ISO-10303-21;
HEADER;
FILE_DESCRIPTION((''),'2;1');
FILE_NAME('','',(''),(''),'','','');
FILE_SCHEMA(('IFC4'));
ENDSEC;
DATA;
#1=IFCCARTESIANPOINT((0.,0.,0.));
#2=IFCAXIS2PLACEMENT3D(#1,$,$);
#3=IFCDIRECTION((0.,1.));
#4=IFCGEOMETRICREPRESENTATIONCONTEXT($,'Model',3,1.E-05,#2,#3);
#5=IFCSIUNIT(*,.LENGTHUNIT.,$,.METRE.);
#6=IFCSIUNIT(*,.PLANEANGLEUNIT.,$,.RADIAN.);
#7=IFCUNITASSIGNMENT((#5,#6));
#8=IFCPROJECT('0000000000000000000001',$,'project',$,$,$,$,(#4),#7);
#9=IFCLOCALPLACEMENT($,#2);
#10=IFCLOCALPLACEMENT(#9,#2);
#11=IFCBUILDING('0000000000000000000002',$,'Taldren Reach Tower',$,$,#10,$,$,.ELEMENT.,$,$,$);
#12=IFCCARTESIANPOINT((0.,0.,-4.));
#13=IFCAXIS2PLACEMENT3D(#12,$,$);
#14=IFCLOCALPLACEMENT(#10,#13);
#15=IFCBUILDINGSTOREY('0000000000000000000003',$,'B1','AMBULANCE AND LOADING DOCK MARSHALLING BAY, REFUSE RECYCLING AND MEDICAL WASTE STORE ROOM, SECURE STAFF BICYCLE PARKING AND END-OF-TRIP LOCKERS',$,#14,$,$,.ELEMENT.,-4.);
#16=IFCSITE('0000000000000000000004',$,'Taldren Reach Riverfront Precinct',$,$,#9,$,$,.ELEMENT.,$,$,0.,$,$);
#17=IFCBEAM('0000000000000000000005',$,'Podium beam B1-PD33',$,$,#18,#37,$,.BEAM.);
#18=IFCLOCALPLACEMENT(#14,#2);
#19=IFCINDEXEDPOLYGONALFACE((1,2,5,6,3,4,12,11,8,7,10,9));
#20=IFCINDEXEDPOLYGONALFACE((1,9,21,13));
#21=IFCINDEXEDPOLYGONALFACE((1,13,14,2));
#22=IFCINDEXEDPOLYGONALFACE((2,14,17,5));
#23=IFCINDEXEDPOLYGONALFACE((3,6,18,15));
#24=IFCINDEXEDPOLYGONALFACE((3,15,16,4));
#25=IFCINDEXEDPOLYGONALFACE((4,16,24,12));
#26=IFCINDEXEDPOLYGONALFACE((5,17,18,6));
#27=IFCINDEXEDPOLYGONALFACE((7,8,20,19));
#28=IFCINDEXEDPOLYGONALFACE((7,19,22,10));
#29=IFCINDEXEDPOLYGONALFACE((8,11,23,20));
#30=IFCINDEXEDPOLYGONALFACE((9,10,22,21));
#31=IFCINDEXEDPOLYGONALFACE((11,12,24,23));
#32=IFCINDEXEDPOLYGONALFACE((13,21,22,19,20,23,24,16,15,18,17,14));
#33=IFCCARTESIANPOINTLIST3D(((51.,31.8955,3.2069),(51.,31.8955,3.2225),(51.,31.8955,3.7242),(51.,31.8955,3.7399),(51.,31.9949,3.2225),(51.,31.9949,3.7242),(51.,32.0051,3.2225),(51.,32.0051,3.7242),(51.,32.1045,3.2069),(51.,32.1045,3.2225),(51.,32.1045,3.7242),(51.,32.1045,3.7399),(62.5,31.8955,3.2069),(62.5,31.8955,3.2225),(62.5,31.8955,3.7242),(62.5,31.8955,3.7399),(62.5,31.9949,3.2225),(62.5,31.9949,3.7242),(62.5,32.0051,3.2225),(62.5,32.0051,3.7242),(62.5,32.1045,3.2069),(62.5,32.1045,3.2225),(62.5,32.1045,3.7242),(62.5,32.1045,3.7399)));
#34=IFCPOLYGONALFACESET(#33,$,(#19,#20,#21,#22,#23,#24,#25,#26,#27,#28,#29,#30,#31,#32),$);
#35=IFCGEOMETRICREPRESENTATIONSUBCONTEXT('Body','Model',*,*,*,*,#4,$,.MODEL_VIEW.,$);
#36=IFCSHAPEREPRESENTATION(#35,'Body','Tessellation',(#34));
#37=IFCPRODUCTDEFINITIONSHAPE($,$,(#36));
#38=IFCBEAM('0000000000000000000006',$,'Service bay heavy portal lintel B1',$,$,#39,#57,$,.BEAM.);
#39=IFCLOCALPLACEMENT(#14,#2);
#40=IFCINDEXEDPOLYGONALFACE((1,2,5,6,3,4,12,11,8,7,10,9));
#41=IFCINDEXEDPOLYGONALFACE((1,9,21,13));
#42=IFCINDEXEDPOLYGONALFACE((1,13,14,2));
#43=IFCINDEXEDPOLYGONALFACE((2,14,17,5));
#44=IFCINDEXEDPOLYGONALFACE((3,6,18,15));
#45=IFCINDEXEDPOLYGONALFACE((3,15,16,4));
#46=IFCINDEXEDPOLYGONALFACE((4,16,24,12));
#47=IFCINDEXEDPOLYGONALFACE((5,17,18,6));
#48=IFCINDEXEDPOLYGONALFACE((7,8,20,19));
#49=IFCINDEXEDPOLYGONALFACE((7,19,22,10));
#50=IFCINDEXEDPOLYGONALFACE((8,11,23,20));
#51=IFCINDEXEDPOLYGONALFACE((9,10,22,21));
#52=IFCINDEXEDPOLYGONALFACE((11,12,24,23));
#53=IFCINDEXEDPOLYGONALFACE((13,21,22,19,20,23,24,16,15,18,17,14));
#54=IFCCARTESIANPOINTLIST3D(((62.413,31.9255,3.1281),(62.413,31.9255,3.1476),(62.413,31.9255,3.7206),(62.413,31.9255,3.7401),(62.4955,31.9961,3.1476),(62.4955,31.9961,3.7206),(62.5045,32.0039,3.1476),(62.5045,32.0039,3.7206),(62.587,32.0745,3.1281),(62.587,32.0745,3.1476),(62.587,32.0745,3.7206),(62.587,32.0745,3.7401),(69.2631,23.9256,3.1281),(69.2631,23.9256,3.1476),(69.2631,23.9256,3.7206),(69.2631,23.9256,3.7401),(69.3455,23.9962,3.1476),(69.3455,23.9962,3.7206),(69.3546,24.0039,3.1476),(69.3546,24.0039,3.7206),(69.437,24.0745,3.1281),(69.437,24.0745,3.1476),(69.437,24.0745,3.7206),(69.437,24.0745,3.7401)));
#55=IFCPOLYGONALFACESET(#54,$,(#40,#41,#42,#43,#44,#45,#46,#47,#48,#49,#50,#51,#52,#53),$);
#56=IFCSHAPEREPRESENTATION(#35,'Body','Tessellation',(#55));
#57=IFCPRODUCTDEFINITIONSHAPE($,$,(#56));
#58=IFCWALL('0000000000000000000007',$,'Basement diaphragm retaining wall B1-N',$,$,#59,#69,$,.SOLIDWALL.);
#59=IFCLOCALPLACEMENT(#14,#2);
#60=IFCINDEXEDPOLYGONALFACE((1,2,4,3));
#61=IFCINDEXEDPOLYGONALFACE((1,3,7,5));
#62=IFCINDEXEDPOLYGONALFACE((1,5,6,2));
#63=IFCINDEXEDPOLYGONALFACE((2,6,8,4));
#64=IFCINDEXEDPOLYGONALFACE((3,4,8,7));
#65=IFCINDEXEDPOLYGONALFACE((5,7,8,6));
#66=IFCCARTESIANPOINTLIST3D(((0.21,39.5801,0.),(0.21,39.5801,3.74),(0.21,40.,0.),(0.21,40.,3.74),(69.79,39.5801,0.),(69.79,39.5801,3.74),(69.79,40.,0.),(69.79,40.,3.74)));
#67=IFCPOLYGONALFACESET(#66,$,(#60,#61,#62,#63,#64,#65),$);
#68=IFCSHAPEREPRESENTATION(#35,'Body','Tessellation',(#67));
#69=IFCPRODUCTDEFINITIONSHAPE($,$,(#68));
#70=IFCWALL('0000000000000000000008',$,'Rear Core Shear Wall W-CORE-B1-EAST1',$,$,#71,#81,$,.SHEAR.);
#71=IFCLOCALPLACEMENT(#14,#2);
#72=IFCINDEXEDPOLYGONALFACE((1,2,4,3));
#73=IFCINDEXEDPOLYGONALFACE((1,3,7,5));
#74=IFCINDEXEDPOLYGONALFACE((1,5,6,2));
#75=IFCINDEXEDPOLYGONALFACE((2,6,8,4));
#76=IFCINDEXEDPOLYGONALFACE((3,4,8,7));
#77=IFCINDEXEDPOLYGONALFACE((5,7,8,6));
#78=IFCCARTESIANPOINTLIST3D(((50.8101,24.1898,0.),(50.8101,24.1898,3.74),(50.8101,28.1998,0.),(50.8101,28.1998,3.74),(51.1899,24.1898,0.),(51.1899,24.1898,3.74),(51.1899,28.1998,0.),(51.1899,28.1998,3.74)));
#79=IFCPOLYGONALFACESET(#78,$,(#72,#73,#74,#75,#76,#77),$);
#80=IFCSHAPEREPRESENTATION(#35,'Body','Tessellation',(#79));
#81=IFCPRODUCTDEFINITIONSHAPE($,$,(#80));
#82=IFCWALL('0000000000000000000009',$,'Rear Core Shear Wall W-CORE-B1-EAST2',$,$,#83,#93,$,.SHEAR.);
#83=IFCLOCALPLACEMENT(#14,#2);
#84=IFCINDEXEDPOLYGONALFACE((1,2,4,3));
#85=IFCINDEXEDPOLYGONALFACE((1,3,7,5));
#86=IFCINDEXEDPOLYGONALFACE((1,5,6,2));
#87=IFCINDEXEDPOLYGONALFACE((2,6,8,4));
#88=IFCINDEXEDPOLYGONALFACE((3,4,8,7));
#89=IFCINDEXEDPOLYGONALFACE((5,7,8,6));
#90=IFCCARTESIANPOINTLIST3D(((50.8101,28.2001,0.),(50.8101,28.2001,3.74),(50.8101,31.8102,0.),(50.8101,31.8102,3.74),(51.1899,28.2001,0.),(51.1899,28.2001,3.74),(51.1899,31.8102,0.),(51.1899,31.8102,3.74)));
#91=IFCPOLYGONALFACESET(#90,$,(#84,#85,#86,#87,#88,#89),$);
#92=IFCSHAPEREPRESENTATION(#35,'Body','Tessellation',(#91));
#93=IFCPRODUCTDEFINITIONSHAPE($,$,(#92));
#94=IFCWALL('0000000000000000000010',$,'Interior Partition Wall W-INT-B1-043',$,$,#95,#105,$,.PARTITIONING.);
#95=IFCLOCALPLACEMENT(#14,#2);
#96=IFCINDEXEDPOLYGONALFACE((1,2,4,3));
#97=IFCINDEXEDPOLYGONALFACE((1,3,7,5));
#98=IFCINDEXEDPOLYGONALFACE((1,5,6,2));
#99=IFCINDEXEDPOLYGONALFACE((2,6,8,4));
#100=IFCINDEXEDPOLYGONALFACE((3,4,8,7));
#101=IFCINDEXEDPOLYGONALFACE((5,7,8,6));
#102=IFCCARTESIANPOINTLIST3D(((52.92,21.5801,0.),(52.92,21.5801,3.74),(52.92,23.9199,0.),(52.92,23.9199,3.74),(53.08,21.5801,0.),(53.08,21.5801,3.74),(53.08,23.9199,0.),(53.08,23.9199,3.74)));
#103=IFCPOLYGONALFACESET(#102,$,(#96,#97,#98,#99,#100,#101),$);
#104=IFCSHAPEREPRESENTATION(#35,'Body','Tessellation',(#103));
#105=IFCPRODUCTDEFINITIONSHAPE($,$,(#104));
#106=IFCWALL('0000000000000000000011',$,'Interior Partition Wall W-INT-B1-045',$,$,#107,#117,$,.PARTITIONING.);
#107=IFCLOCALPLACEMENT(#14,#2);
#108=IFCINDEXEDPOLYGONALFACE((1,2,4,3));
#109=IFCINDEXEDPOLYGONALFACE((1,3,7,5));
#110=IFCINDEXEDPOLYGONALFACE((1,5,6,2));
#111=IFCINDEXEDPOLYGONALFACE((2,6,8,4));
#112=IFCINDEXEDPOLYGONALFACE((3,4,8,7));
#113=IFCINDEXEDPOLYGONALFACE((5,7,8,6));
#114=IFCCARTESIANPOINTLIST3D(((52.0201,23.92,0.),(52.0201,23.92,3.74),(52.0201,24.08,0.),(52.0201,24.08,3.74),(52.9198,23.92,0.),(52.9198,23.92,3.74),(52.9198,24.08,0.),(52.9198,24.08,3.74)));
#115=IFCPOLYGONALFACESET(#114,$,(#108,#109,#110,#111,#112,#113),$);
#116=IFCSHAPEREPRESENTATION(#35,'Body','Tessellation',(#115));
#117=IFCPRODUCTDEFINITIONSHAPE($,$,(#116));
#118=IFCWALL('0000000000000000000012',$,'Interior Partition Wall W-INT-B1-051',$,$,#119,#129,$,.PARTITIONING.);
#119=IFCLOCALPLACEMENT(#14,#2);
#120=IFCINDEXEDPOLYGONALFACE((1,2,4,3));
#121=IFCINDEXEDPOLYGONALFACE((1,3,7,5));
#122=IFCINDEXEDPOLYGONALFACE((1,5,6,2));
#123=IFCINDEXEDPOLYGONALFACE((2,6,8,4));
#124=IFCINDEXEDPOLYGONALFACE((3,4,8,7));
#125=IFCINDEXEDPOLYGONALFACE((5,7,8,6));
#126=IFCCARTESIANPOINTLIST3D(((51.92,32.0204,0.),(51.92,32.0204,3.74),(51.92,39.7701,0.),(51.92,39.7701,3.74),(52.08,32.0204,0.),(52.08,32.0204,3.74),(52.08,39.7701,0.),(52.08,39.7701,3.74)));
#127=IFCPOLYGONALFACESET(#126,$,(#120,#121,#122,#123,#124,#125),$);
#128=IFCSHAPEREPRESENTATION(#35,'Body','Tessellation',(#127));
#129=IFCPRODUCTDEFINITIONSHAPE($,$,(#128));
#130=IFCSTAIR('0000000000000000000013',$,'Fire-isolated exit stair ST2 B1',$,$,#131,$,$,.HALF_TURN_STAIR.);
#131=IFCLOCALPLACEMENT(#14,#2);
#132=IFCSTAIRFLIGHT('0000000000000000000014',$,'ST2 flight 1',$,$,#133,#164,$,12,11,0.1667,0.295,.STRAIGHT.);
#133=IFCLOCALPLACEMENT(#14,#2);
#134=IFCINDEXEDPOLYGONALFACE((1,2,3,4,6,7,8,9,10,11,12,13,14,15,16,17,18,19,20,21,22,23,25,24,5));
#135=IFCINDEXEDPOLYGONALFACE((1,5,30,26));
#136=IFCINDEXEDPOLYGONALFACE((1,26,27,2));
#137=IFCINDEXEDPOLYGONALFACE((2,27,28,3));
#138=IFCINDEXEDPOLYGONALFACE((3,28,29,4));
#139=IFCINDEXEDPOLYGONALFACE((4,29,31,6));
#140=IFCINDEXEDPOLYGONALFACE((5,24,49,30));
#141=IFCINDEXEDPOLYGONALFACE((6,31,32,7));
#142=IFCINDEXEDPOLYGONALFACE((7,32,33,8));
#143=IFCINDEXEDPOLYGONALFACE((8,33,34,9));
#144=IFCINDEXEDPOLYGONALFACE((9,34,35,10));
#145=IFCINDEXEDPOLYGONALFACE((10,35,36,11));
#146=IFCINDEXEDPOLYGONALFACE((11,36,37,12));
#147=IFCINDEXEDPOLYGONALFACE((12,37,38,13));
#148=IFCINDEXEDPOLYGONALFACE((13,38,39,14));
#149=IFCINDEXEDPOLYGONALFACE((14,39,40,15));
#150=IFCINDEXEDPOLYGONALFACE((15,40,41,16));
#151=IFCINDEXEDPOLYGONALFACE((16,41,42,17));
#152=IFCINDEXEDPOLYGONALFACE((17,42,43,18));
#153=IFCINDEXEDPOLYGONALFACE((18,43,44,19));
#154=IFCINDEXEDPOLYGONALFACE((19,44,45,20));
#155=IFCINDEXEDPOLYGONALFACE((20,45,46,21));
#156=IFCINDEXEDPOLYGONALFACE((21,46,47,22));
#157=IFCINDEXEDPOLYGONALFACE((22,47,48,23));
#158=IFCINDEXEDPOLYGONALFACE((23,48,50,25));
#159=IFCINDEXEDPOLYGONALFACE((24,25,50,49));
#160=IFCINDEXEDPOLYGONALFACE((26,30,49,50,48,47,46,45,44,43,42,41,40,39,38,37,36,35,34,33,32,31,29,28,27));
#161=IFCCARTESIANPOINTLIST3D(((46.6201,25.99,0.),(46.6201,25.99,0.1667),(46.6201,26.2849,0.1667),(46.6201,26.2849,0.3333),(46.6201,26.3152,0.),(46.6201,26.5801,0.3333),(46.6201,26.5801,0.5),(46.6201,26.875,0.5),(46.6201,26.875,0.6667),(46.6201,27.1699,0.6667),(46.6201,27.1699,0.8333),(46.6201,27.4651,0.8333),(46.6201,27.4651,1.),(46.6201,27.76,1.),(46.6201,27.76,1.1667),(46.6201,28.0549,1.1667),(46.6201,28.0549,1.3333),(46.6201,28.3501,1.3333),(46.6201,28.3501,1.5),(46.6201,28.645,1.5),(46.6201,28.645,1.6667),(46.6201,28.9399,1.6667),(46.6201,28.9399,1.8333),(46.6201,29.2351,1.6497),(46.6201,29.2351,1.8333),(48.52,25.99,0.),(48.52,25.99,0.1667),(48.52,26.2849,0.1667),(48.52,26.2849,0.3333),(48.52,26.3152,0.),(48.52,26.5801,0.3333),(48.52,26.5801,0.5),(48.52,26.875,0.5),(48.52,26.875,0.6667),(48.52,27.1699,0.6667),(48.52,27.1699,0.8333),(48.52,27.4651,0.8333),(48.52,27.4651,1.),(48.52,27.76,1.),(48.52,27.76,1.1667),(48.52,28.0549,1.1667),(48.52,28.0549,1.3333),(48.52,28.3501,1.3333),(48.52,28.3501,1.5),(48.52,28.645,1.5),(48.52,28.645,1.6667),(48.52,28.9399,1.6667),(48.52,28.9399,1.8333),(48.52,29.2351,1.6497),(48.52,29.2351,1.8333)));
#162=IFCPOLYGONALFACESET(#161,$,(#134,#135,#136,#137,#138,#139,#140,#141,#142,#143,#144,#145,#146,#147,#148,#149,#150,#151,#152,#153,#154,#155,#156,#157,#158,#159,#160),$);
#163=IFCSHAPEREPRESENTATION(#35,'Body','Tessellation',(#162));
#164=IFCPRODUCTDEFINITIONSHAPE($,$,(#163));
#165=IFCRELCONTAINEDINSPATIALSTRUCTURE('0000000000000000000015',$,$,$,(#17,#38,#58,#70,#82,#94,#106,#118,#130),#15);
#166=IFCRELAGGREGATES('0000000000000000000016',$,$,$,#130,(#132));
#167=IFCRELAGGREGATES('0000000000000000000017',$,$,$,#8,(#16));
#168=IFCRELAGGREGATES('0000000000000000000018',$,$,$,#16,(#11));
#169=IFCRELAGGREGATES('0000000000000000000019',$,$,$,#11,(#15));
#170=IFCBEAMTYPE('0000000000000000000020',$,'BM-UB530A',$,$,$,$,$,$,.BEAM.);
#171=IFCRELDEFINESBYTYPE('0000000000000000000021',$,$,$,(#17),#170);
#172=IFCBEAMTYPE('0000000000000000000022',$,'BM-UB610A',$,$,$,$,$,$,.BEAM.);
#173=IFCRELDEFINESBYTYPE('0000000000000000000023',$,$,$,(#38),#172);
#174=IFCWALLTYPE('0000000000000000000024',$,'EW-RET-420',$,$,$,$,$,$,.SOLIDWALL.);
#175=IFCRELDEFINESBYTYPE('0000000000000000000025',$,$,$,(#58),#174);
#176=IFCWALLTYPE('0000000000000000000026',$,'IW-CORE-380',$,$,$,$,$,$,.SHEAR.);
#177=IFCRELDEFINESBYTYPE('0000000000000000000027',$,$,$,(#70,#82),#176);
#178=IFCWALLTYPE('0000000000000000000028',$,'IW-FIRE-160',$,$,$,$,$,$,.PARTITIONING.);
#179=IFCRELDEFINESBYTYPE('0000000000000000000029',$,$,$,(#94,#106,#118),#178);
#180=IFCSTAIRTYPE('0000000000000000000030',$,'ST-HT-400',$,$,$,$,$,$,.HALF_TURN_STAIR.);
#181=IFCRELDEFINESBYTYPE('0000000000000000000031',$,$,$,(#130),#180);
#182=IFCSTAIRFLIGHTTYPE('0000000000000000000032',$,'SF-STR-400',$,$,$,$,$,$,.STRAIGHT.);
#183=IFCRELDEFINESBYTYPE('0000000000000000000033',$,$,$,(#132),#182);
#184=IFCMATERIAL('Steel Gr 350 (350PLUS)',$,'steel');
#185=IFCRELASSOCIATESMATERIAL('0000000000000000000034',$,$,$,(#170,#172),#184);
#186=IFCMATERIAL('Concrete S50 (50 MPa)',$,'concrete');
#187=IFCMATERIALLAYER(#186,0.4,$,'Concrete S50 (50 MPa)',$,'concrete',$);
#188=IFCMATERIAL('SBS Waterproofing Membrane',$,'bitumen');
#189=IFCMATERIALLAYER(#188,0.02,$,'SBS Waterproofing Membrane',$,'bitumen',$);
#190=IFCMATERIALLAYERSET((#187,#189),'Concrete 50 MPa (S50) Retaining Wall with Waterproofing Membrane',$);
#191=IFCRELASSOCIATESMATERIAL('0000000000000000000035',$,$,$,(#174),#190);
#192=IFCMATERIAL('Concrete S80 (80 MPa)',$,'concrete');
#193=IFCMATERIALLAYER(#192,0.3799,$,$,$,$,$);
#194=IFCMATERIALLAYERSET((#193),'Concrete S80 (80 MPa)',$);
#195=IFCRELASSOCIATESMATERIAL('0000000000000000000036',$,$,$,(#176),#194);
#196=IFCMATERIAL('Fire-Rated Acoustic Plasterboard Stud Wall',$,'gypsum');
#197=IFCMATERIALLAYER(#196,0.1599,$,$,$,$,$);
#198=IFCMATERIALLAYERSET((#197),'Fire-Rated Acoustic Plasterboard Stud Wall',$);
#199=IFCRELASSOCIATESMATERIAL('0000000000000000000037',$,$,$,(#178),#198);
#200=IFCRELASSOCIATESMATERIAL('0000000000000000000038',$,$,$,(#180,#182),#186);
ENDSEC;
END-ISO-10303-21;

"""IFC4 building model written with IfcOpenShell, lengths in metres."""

from ifc_helpers import new_model, si_unit, direction, frame, frame_2d, origin, origin_2d, place, context, subcontext, project, spatial, polyline, rectangle, i_section, outline, extrude, source, transform, mapped, material, layer, layer_set, material_profile, profile_set, type_object, element, aggregate, save


model = new_model("IFC4")

# Units and contexts
model_context = context("Model", 3, precision=1e-05, world=origin(), true_north=direction((0.0, 1.0)))
body_context = subcontext(model_context, "Body", "Model", "MODEL_VIEW")
ifc_project = project(units=[si_unit("LENGTHUNIT", "METRE"), si_unit("PLANEANGLEUNIT", "RADIAN")], contexts=[model_context])

# Site, building, storey
site_placement = place(None, origin())
site = spatial("IfcSite", under=ifc_project, at=site_placement, Name="Taldren Reach Riverfront Precinct", CompositionType="ELEMENT", RefElevation=0.0)
building_placement = place(site_placement, origin())
building = spatial("IfcBuilding", under=site, at=building_placement, Name="Taldren Reach Tower", CompositionType="ELEMENT")
storey_placement = place(building_placement, frame((0.0, 0.0, -4.0)))
storey = spatial("IfcBuildingStorey", under=building, at=storey_placement, Name="B1", Description="AMBULANCE AND LOADING DOCK MARSHALLING BAY, REFUSE RECYCLING AND MEDICAL WASTE STORE ROOM, SECURE STAFF BICYCLE PARKING AND END-OF-TRIP LOCKERS", CompositionType="ELEMENT", Elevation=-4.0)

# Shared definitions
ifc_material_1 = material(Name="Concrete S80 (80 MPa)", Category="concrete")

# Beams
ifc_material_2 = material(Name="Steel Gr 350 (350PLUS)", Category="steel")
ifc_material_profile_1 = material_profile(ifc_material_2, i_section(OverallWidth=0.209, OverallDepth=0.533, WebThickness=0.0103, FlangeThickness=0.0156, at=origin_2d()), Name="530UB92.4")
ifc_profile_set_1 = profile_set([ifc_material_profile_1], Name="Steel Gr 350 (350PLUS)")
beam_type_1 = type_object("IfcBeamType", Name="BM-UB530A", PredefinedType="BEAM", material=ifc_profile_set_1)
shared_shape_1 = source(origin(), body_context, "Body", "SweptSolid", [
    extrude(i_section(OverallWidth=0.209, OverallDepth=0.533, WebThickness=0.0103, FlangeThickness=0.0156, at=origin_2d()), origin(), (0.0, 0.0, 1.0), 11.5),
])
beam_1_placement = place(storey_placement, frame((51.0, 32.0, 3.4734), z_axis=(1.0, 0.0, 0.0), x_axis=(0.0, 1.0, 0.0)))
element("IfcBeam", 1, at=beam_1_placement, inside=storey, type_object=beam_type_1, Name="Podium beam B1-PD33", PredefinedType="BEAM", context=body_context, shape_type="MappedRepresentation", body=[
    mapped(shared_shape_1, transform((0.0, 0.0, 0.0), scale=1.0)),
])
ifc_material_profile_2 = material_profile(ifc_material_2, i_section(OverallWidth=0.229, OverallDepth=0.6121, WebThickness=0.012, FlangeThickness=0.0195, at=origin_2d()), Name="610UB125")
ifc_profile_set_2 = profile_set([ifc_material_profile_2], Name="Steel Gr 350 (350PLUS)")
beam_type_2 = type_object("IfcBeamType", Name="BM-UB610A", PredefinedType="BEAM", material=ifc_profile_set_2)
shared_shape_2 = source(origin(), body_context, "Body", "SweptSolid", [
    extrude(i_section(OverallWidth=0.229, OverallDepth=0.6121, WebThickness=0.012, FlangeThickness=0.0195, at=origin_2d()), origin(), (0.0, 0.0, 1.0), 10.532),
])
beam_2_placement = place(storey_placement, frame((62.5, 32.0, 3.4341), z_axis=(0.650406, -0.759587, 0.0), x_axis=(0.759587, 0.650406, 0.0)))
element("IfcBeam", 2, at=beam_2_placement, inside=storey, type_object=beam_type_2, Name="Service bay heavy portal lintel B1", PredefinedType="BEAM", context=body_context, shape_type="MappedRepresentation", body=[
    mapped(shared_shape_2, transform((0.0, 0.0, 0.0), scale=1.0)),
])

# Walls
ifc_material_3 = material(Name="Concrete S50 (50 MPa)", Category="concrete")
ifc_layer_1 = layer(ifc_material_3, 0.4, Name="Concrete S50 (50 MPa)", Category="concrete")
ifc_material_4 = material(Name="SBS Waterproofing Membrane", Category="bitumen")
ifc_layer_2 = layer(ifc_material_4, 0.02, Name="SBS Waterproofing Membrane", Category="bitumen")
ifc_layer_set_1 = layer_set([ifc_layer_1, ifc_layer_2], Name="Concrete 50 MPa (S50) Retaining Wall with Waterproofing Membrane")
wall_type_1 = type_object("IfcWallType", Name="EW-RET-420", PredefinedType="SOLIDWALL", material=ifc_layer_set_1)
shared_shape_3 = source(origin(), body_context, "Body", "SweptSolid", [
    extrude(rectangle(XDim=69.5801, YDim=0.4199, at=frame_2d((34.79, 0.0))), origin(), (0.0, 0.0, 1.0), 3.74),
])
wall_1_placement = place(storey_placement, frame((69.79, 39.79, 0.0), z_axis=(0.0, 0.0, 1.0), x_axis=(-1.0, 0.0, 0.0)))
element("IfcWall", 3, at=wall_1_placement, inside=storey, type_object=wall_type_1, Name="Basement diaphragm retaining wall B1-N", PredefinedType="SOLIDWALL", context=body_context, shape_type="MappedRepresentation", body=[
    mapped(shared_shape_3, transform((0.0, 0.0, 0.0), scale=1.0)),
])
ifc_layer_3 = layer(ifc_material_1, 0.3799)
ifc_layer_set_2 = layer_set([ifc_layer_3], Name="Concrete S80 (80 MPa)")
wall_type_2 = type_object("IfcWallType", Name="IW-CORE-380", PredefinedType="SHEAR", material=ifc_layer_set_2)
shared_shape_4 = source(origin(), body_context, "Body", "SweptSolid", [
    extrude(rectangle(XDim=4.01, YDim=0.3799, at=frame_2d((2.0049, 0.0))), origin(), (0.0, 0.0, 1.0), 3.74),
])
wall_2_placement = place(storey_placement, frame((51.0, 24.1899, 0.0), z_axis=(0.0, 0.0, 1.0), x_axis=(0.0, 1.0, 0.0)))
element("IfcWall", 4, at=wall_2_placement, inside=storey, type_object=wall_type_2, Name="Rear Core Shear Wall W-CORE-B1-EAST1", PredefinedType="SHEAR", context=body_context, shape_type="MappedRepresentation", body=[
    mapped(shared_shape_4, transform((0.0, 0.0, 0.0), scale=1.0)),
])
shared_shape_5 = source(origin(), body_context, "Body", "SweptSolid", [
    extrude(rectangle(XDim=3.6101, YDim=0.3799, at=frame_2d((1.8052, 0.0))), origin(), (0.0, 0.0, 1.0), 3.74),
])
wall_3_placement = place(storey_placement, frame((51.0, 28.2, 0.0), z_axis=(0.0, 0.0, 1.0), x_axis=(0.0, 1.0, 0.0)))
element("IfcWall", 5, at=wall_3_placement, inside=storey, type_object=wall_type_2, Name="Rear Core Shear Wall W-CORE-B1-EAST2", PredefinedType="SHEAR", context=body_context, shape_type="MappedRepresentation", body=[
    mapped(shared_shape_5, transform((0.0, 0.0, 0.0), scale=1.0)),
])
ifc_material_5 = material(Name="Fire-Rated Acoustic Plasterboard Stud Wall", Category="gypsum")
ifc_layer_4 = layer(ifc_material_5, 0.1599)
ifc_layer_set_3 = layer_set([ifc_layer_4], Name="Fire-Rated Acoustic Plasterboard Stud Wall")
wall_type_3 = type_object("IfcWallType", Name="IW-FIRE-160", PredefinedType="PARTITIONING", material=ifc_layer_set_3)
shared_shape_6 = source(origin(), body_context, "Body", "SweptSolid", [
    extrude(rectangle(XDim=2.3398, YDim=0.1599, at=frame_2d((1.1699, 0.0))), origin(), (0.0, 0.0, 1.0), 3.74),
])
wall_4_placement = place(storey_placement, frame((53.0, 23.9199, 0.0), z_axis=(0.0, 0.0, 1.0), x_axis=(0.0, -1.0, 0.0)))
element("IfcWall", 6, at=wall_4_placement, inside=storey, type_object=wall_type_3, Name="Interior Partition Wall W-INT-B1-043", PredefinedType="PARTITIONING", context=body_context, shape_type="MappedRepresentation", body=[
    mapped(shared_shape_6, transform((0.0, 0.0, 0.0), scale=1.0)),
])
shared_shape_7 = source(origin(), body_context, "Body", "SweptSolid", [
    extrude(rectangle(XDim=0.8997, YDim=0.1599, at=frame_2d((0.4497, 0.0))), origin(), (0.0, 0.0, 1.0), 3.74),
])
wall_5_placement = place(storey_placement, frame((52.0203, 24.0, 0.0), z_axis=(0.0, 0.0, 1.0), x_axis=(1.0, 0.0, 0.0)))
element("IfcWall", 7, at=wall_5_placement, inside=storey, type_object=wall_type_3, Name="Interior Partition Wall W-INT-B1-045", PredefinedType="PARTITIONING", context=body_context, shape_type="MappedRepresentation", body=[
    mapped(shared_shape_7, transform((0.0, 0.0, 0.0), scale=1.0)),
])
shared_shape_8 = source(origin(), body_context, "Body", "SweptSolid", [
    extrude(rectangle(XDim=7.7498, YDim=0.1599, at=frame_2d((3.875, 0.0))), origin(), (0.0, 0.0, 1.0), 3.74),
])
wall_6_placement = place(storey_placement, frame((52.0, 32.0203, 0.0), z_axis=(0.0, 0.0, 1.0), x_axis=(0.0, 1.0, 0.0)))
element("IfcWall", 8, at=wall_6_placement, inside=storey, type_object=wall_type_3, Name="Interior Partition Wall W-INT-B1-051", PredefinedType="PARTITIONING", context=body_context, shape_type="MappedRepresentation", body=[
    mapped(shared_shape_8, transform((0.0, 0.0, 0.0), scale=1.0)),
])

# Stair, stair flight
stair_type = type_object("IfcStairType", Name="ST-HT-400", PredefinedType="HALF_TURN_STAIR", material=ifc_material_3)
stair_placement = place(storey_placement, origin())
stair = element("IfcStair", 9, at=stair_placement, inside=storey, type_object=stair_type, Name="Fire-isolated exit stair ST2 B1", PredefinedType="HALF_TURN_STAIR")
stair_flight_type = type_object("IfcStairFlightType", Name="SF-STR-400", PredefinedType="STRAIGHT", material=ifc_material_3)
stair_flight_1_placement = place(storey_placement, frame((47.5701, 25.99, 0.0), z_axis=(0.0, 0.0, 1.0), x_axis=(0.0, 1.0, 0.0)))
stair_flight_1 = element("IfcStairFlight", 10, at=stair_flight_1_placement, type_object=stair_flight_type, Name="ST2 flight 1", NumberOfRisers=12, NumberOfTreads=11, PredefinedType="STRAIGHT", RiserHeight=0.1667, TreadLength=0.295, context=body_context, shape_type="SweptSolid", body=[
    extrude(outline(polyline([(0.0, 0.0), (0.0, 0.1667), (0.2949, 0.1667), (0.2949, 0.3333), (0.5901, 0.3333), (0.5901, 0.5), (0.885, 0.5), (0.885, 0.6667), (1.1799, 0.6667), (1.1799, 0.8333), (1.4751, 0.8333), (1.4751, 1.0), (1.77, 1.0), (1.77, 1.1667), (2.0649, 1.1667), (2.0649, 1.3333), (2.3601, 1.3333), (2.3601, 1.5), (2.655, 1.5), (2.655, 1.6667), (2.95, 1.6667), (2.95, 1.8333), (3.2451, 1.8333), (3.2451, 2.0), (3.2451, 1.6497), (0.3252, 0.0), (0.0, 0.0)])), frame((0.0, 0.95, 0.0), z_axis=(0.0, -1.0, 0.0), x_axis=(1.0, 0.0, 0.0)), (0.0, 0.0, 1.0), 1.8999),
])
aggregate(stair, [stair_flight_1])

save(model, "model.ifc")
